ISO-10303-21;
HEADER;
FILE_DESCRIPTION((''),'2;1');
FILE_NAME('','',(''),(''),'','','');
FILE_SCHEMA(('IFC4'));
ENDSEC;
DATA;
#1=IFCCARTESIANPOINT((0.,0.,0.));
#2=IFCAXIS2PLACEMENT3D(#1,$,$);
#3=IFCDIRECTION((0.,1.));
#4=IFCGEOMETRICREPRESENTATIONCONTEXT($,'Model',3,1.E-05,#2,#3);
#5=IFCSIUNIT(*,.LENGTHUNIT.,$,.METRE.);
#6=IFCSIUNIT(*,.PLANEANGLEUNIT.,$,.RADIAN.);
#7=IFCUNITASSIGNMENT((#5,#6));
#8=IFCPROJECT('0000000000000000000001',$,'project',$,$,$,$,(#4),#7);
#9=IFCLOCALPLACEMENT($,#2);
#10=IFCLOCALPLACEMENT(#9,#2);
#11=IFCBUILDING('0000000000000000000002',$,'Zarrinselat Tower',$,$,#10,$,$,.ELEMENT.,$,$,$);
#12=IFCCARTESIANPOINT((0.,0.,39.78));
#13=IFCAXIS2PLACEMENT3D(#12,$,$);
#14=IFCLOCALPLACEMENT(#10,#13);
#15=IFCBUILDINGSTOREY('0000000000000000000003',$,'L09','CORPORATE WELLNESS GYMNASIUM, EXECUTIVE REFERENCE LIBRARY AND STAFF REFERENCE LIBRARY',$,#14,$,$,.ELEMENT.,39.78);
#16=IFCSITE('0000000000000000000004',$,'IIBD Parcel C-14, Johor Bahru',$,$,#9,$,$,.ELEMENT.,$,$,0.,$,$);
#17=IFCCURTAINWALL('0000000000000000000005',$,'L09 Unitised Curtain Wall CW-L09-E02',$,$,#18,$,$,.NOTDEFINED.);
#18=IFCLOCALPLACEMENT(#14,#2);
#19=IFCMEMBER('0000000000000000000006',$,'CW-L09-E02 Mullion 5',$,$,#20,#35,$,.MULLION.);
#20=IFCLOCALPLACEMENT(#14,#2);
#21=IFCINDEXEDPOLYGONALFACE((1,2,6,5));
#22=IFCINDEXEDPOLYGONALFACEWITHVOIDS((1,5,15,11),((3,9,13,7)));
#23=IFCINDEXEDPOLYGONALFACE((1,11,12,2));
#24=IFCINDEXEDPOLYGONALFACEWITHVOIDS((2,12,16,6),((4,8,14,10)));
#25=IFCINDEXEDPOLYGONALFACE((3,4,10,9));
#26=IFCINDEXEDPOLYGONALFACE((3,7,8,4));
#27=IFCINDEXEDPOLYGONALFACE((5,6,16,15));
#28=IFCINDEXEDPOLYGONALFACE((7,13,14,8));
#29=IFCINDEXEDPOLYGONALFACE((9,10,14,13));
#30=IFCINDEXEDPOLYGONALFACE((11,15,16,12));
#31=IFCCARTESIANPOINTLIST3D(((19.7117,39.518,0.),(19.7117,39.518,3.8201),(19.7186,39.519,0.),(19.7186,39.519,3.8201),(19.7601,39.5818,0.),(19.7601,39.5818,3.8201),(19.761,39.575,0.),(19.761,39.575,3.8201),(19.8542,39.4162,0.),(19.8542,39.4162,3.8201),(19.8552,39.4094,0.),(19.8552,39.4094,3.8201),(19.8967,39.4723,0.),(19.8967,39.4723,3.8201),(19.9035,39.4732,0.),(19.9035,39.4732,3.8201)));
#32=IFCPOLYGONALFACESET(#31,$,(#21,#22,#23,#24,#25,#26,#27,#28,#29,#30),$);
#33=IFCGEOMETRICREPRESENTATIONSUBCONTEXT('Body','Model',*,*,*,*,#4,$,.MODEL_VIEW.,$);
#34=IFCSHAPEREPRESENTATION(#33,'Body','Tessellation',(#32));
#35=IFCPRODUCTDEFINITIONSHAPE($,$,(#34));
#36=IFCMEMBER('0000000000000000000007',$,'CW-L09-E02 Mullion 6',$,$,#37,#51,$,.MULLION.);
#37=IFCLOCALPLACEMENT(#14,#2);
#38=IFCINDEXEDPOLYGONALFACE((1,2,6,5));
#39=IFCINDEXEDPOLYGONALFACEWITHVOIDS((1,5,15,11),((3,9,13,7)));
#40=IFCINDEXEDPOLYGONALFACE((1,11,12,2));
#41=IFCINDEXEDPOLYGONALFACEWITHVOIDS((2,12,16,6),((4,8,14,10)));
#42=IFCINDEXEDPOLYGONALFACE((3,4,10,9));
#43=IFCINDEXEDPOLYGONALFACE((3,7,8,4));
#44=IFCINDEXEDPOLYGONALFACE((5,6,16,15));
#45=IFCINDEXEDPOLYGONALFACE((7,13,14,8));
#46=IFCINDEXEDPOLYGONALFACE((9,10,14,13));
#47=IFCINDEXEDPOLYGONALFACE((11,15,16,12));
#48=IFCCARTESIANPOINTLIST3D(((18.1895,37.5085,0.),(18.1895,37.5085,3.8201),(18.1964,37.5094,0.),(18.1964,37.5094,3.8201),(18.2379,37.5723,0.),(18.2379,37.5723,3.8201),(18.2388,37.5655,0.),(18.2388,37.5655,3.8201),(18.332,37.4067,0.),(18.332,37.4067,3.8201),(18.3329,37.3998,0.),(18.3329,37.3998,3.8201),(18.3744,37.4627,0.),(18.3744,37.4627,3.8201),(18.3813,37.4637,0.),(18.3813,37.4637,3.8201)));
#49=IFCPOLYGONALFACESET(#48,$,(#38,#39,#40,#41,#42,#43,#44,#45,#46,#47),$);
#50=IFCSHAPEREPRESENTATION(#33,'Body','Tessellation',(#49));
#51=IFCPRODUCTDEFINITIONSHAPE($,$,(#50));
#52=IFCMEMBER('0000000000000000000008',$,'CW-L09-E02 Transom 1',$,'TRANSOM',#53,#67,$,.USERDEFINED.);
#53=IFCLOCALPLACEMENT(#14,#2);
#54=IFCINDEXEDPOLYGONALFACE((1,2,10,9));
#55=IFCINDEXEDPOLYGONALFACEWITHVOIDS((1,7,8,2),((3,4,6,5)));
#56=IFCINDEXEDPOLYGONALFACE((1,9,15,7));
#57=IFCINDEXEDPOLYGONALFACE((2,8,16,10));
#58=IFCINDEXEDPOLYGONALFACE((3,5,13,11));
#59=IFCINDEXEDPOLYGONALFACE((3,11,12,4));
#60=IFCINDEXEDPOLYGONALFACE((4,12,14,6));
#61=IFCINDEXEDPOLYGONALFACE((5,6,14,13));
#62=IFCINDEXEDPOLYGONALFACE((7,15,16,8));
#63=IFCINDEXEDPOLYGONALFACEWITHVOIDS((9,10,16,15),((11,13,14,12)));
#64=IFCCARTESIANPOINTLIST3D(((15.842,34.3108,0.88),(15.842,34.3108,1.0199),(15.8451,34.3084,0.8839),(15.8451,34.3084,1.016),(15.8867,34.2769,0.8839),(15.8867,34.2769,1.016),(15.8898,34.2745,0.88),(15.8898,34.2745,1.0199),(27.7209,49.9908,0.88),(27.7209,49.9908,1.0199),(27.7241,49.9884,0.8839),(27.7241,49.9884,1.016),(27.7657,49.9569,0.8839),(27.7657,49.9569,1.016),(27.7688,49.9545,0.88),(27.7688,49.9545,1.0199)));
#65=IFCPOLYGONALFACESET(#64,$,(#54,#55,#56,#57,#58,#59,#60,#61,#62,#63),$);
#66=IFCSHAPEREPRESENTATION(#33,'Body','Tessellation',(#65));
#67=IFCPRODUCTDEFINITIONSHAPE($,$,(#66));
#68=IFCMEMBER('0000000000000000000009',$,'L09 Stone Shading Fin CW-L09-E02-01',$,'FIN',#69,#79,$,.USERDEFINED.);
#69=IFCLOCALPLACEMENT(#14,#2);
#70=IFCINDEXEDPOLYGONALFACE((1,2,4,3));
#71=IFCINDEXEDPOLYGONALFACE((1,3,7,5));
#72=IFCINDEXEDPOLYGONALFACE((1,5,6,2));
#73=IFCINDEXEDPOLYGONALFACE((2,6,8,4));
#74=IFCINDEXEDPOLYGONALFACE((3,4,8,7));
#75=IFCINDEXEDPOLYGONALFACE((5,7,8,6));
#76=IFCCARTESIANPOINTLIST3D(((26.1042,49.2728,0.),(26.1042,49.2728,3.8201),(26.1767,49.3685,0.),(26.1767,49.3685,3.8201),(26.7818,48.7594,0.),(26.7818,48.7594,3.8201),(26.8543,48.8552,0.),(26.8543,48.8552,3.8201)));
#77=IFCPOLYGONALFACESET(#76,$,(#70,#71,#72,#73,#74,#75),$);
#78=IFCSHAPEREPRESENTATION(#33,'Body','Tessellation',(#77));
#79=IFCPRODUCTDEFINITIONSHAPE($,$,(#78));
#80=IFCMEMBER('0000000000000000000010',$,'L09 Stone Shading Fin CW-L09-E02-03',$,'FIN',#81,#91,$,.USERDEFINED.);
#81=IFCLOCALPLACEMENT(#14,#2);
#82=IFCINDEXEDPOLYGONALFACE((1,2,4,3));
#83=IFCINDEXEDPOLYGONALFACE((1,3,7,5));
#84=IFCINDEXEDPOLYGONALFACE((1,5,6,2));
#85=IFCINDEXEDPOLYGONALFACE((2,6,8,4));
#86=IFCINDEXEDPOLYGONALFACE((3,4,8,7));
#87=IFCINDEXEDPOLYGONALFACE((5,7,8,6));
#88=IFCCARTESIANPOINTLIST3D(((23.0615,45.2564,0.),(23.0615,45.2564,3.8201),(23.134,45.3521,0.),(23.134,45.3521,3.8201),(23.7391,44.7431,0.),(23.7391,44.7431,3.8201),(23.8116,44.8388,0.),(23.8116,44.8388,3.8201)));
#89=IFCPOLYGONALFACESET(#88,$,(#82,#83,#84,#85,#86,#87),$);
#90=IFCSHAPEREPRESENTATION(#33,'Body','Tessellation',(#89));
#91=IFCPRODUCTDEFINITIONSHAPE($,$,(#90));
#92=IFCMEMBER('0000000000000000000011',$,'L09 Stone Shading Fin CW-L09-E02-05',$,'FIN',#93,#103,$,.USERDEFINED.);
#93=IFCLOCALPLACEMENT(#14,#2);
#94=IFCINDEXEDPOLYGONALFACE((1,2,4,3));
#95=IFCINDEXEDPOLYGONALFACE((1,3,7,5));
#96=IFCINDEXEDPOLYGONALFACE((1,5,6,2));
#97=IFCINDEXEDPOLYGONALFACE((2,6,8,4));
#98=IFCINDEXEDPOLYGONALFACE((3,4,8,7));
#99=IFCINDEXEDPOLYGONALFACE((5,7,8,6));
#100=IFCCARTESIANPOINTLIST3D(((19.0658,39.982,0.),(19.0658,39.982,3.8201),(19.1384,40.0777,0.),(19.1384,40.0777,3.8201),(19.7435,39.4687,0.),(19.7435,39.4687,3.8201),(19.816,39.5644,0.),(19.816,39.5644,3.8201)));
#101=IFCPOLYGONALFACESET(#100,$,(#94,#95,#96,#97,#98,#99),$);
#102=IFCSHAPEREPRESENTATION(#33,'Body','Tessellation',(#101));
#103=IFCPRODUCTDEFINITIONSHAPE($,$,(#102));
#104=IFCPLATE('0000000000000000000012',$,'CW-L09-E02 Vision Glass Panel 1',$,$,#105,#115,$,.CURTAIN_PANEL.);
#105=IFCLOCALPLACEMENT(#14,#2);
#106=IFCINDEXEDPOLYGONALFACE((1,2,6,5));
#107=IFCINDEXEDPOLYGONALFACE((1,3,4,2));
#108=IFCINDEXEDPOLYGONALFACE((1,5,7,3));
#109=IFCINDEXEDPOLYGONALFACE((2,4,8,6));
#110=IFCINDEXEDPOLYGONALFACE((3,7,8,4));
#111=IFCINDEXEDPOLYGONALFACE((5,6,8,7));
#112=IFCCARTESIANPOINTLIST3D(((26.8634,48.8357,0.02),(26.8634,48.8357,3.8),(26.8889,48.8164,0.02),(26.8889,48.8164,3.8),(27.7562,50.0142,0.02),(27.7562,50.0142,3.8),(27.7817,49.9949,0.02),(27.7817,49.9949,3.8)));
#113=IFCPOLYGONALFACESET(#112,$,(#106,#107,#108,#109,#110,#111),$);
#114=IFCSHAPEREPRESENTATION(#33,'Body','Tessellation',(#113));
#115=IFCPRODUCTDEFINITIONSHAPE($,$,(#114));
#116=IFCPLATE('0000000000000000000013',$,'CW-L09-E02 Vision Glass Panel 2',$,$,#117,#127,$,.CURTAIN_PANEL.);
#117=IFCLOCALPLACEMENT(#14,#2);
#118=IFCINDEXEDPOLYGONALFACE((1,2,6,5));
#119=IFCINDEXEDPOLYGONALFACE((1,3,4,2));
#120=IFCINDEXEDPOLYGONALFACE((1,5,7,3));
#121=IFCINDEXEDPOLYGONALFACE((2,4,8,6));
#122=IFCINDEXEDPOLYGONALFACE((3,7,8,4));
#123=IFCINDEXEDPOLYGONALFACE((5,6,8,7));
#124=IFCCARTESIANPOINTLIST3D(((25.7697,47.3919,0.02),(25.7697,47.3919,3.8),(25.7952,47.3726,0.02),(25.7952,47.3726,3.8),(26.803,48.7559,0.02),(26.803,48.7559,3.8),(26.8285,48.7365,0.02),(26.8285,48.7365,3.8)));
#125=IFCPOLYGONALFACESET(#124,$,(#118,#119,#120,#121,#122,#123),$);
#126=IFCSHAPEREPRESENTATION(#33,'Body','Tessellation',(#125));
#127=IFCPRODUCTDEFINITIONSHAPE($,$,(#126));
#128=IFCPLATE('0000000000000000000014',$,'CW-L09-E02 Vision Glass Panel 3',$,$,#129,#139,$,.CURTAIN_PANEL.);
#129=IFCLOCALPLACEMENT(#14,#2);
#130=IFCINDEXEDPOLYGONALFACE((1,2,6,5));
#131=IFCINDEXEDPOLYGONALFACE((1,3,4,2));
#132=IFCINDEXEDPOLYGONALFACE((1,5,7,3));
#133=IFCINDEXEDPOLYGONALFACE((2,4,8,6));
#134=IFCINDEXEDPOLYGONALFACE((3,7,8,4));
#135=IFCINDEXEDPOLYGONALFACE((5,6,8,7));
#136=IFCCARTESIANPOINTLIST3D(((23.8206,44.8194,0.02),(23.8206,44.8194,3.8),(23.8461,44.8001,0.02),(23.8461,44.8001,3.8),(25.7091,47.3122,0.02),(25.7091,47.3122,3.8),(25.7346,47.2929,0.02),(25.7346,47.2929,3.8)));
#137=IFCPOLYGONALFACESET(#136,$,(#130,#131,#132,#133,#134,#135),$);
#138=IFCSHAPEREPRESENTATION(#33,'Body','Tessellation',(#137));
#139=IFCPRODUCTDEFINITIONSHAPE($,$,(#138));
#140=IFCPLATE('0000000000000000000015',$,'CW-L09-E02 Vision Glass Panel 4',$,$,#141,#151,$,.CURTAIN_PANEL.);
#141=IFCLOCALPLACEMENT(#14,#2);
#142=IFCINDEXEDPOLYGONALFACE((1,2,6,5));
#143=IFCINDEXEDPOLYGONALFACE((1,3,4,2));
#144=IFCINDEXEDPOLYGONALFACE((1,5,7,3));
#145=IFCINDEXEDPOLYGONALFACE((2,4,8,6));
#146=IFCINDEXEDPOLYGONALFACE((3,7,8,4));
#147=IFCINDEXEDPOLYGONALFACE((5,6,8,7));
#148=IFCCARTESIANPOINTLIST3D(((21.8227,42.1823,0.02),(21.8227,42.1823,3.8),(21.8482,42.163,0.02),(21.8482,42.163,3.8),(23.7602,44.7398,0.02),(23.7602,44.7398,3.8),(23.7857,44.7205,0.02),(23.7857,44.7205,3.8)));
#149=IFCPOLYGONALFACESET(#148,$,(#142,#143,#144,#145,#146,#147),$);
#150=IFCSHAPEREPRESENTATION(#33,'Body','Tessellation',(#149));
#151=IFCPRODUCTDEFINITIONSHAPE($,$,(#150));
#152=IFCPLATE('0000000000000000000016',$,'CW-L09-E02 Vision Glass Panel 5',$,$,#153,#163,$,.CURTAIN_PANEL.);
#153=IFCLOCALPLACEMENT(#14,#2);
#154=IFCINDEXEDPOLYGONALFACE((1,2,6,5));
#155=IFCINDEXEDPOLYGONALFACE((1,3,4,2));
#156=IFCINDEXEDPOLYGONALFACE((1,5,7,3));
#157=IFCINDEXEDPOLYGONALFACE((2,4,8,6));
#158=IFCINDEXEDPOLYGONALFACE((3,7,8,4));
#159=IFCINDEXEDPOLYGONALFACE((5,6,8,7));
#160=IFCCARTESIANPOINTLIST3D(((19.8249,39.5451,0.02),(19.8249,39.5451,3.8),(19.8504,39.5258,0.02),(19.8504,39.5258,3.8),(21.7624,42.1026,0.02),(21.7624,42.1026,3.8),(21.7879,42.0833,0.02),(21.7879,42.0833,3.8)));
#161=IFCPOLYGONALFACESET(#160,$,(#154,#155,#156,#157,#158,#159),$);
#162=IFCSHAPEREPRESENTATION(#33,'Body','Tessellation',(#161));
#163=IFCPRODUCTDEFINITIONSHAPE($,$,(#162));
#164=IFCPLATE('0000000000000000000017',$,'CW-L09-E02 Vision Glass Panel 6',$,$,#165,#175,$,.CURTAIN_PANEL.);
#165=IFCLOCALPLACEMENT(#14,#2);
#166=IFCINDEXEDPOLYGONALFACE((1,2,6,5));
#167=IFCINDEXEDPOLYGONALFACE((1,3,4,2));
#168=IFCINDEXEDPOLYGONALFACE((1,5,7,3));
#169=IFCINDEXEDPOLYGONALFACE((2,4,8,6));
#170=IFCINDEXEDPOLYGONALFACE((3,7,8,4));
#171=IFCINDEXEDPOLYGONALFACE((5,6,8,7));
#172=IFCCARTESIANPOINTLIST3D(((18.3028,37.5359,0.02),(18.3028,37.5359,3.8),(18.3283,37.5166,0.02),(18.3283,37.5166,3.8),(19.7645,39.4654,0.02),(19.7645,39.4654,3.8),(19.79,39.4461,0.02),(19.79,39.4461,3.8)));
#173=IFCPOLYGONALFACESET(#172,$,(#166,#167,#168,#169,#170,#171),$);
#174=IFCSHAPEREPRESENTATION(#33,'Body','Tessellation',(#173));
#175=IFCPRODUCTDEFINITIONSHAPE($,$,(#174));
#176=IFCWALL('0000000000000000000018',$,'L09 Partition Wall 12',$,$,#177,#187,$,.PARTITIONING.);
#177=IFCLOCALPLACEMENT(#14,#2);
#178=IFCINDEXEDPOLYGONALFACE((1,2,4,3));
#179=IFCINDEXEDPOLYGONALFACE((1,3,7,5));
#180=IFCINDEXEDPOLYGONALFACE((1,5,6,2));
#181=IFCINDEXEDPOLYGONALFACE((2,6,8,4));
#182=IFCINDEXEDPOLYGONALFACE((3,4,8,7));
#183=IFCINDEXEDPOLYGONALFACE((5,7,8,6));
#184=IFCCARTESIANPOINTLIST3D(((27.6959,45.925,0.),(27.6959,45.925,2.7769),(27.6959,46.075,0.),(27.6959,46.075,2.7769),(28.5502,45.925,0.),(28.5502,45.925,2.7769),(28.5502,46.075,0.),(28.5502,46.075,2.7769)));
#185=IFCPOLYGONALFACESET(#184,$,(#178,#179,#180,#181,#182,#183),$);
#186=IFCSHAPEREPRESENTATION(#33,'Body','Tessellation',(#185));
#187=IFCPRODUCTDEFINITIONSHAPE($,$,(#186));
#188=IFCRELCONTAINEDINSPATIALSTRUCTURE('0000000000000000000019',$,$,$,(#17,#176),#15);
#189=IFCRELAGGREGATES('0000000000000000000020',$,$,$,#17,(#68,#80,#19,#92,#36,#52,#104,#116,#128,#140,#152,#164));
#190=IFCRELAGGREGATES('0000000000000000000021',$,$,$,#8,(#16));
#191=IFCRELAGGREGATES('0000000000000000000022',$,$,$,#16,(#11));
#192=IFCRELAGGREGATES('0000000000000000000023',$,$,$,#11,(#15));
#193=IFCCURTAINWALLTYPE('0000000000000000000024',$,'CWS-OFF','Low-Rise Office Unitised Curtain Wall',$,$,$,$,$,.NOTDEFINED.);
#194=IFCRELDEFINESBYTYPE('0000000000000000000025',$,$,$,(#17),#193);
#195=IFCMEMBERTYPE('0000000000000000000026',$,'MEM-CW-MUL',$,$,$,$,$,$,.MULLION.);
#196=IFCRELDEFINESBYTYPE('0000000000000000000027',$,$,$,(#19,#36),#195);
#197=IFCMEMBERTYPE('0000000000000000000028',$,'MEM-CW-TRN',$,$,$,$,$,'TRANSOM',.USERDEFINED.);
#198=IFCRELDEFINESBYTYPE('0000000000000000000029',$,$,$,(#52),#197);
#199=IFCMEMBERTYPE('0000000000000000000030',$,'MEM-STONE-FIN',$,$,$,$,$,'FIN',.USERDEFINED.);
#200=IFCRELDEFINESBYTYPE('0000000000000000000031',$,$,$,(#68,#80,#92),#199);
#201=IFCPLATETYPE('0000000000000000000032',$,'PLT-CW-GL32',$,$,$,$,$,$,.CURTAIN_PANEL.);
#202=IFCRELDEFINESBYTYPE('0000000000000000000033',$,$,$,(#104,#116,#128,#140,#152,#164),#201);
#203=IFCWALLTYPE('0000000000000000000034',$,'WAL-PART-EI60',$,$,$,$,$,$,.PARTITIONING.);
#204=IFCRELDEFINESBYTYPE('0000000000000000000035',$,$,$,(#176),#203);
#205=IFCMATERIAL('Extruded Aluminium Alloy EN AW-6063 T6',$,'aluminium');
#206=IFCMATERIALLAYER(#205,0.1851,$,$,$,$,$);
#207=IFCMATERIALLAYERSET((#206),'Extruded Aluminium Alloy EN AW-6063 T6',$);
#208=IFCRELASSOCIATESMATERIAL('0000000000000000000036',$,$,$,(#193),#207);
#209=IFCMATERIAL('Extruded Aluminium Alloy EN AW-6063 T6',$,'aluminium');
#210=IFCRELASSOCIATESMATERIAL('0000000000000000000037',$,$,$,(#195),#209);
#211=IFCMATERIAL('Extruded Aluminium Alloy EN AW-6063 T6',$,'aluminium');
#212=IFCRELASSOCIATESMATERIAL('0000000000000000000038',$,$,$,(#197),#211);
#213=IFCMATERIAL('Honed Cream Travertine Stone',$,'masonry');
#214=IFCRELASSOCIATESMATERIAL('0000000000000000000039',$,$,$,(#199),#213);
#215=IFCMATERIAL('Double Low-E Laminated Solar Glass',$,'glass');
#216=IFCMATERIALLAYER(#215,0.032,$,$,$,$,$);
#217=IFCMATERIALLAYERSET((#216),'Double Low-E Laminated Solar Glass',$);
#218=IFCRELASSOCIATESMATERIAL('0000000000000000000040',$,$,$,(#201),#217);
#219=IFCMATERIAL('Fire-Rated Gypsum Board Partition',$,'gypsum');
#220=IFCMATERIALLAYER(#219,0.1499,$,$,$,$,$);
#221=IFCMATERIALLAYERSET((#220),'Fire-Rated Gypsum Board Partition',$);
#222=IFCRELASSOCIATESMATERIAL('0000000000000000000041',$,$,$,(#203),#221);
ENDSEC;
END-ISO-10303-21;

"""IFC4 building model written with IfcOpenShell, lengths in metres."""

from ifc_helpers import new_model, si_unit, direction, frame, frame_2d, origin, origin_2d, place, context, subcontext, project, spatial, rectangle, hollow_rectangle, extrude, material, layer, layer_set, material_profile, profile_set, type_object, element, aggregate, save


model = new_model("IFC4")

# Units and contexts
model_context = context("Model", 3, precision=1e-05, world=origin(), true_north=direction((0.0, 1.0)))
body_context = subcontext(model_context, "Body", "Model", "MODEL_VIEW")
ifc_project = project(units=[si_unit("LENGTHUNIT", "METRE"), si_unit("PLANEANGLEUNIT", "RADIAN")], contexts=[model_context])

# Site, building, storey
site_placement = place(None, origin())
site = spatial("IfcSite", under=ifc_project, at=site_placement, Name="IIBD Parcel C-14, Johor Bahru", CompositionType="ELEMENT", RefElevation=0.0)
building_placement = place(site_placement, origin())
building = spatial("IfcBuilding", under=site, at=building_placement, Name="Zarrinselat Tower", CompositionType="ELEMENT")
storey_placement = place(building_placement, frame((0.0, 0.0, 39.78)))
storey = spatial("IfcBuildingStorey", under=building, at=storey_placement, Name="L09", Description="CORPORATE WELLNESS GYMNASIUM, EXECUTIVE REFERENCE LIBRARY AND STAFF REFERENCE LIBRARY", CompositionType="ELEMENT", Elevation=39.78)

# Shared definitions
ifc_material_1 = material(Name="Extruded Aluminium Alloy EN AW-6063 T6", Category="aluminium")
ifc_layer_1 = layer(ifc_material_1, 0.1851)
ifc_layer_set_1 = layer_set([ifc_layer_1], Name="Extruded Aluminium Alloy EN AW-6063 T6")
curtain_wall_type = type_object("IfcCurtainWallType", Name="CWS-OFF", Description="Low-Rise Office Unitised Curtain Wall", PredefinedType="NOTDEFINED", material=ifc_layer_set_1)
ifc_material_2 = material(Name="Extruded Aluminium Alloy EN AW-6063 T6", Category="aluminium")
ifc_material_profile_1 = material_profile(ifc_material_2, hollow_rectangle(XDim=0.0801, YDim=0.1799, WallThickness=0.0049, at=origin_2d()), Name="RHS 180x80x5")
ifc_profile_set_1 = profile_set([ifc_material_profile_1], Name="Extruded Aluminium Alloy EN AW-6063 T6")
member_type_1 = type_object("IfcMemberType", Name="MEM-CW-MUL", PredefinedType="MULLION", material=ifc_profile_set_1)

# Curtain wall, members, plates
curtain_wall_1_placement = place(storey_placement, origin())
curtain_wall_1 = element("IfcCurtainWall", 1, at=curtain_wall_1_placement, inside=storey, type_object=curtain_wall_type, Name="L09 Unitised Curtain Wall CW-L09-E02", PredefinedType="NOTDEFINED")
member_1_placement = place(storey_placement, frame((19.8076, 39.4956, 0.0), z_axis=(0.0, 0.0, 1.0), x_axis=(-0.603857, -0.797093, 0.0)))
member_1 = element("IfcMember", 2, at=member_1_placement, type_object=member_type_1, Name="CW-L09-E02 Mullion 5", PredefinedType="MULLION", context=body_context, shape_type="SweptSolid", body=[
    extrude(hollow_rectangle(XDim=0.0801, YDim=0.1799, WallThickness=0.0049, at=origin_2d()), origin(), (0.0, 0.0, 1.0), 3.8201),
])
member_2_placement = place(storey_placement, frame((18.2854, 37.4861, 0.0), z_axis=(0.0, 0.0, 1.0), x_axis=(-0.603857, -0.797093, 0.0)))
member_2 = element("IfcMember", 3, at=member_2_placement, type_object=member_type_1, Name="CW-L09-E02 Mullion 6", PredefinedType="MULLION", context=body_context, shape_type="SweptSolid", body=[
    extrude(hollow_rectangle(XDim=0.0801, YDim=0.1799, WallThickness=0.0049, at=origin_2d()), origin(), (0.0, 0.0, 1.0), 3.8201),
])
ifc_material_3 = material(Name="Extruded Aluminium Alloy EN AW-6063 T6", Category="aluminium")
ifc_material_profile_2 = material_profile(ifc_material_3, hollow_rectangle(XDim=0.0601, YDim=0.1399, WallThickness=0.0039, at=origin_2d()), Name="RHS 140x60x4")
ifc_profile_set_2 = profile_set([ifc_material_profile_2], Name="Extruded Aluminium Alloy EN AW-6063 T6")
member_type_2 = type_object("IfcMemberType", Name="MEM-CW-TRN", ElementType="TRANSOM", PredefinedType="USERDEFINED", material=ifc_profile_set_2)
member_3_placement = place(storey_placement, frame((27.7449, 49.9727, 0.95), z_axis=(-0.603863, -0.797088, 0.0), x_axis=(0.797088, -0.603863, 0.0)))
member_3 = element("IfcMember", 4, at=member_3_placement, type_object=member_type_2, Name="CW-L09-E02 Transom 1", ObjectType="TRANSOM", PredefinedType="USERDEFINED", context=body_context, shape_type="SweptSolid", body=[
    extrude(hollow_rectangle(XDim=0.0601, YDim=0.1399, WallThickness=0.0039, at=origin_2d()), origin(), (0.0, 0.0, 1.0), 19.6716),
])
ifc_material_4 = material(Name="Honed Cream Travertine Stone", Category="masonry")
ifc_material_profile_3 = material_profile(ifc_material_4, rectangle(XDim=0.1201, YDim=0.8501, at=origin_2d()), Name="FIN 850x120")
ifc_profile_set_3 = profile_set([ifc_material_profile_3], Name="Honed Cream Travertine Stone")
member_type_3 = type_object("IfcMemberType", Name="MEM-STONE-FIN", ElementType="FIN", PredefinedType="USERDEFINED", material=ifc_profile_set_3)
member_4_placement = place(storey_placement, frame((26.4792, 49.064, 0.0), z_axis=(0.0, 0.0, 1.0), x_axis=(0.603857, 0.797093, 0.0)))
member_4 = element("IfcMember", 5, at=member_4_placement, type_object=member_type_3, Name="L09 Stone Shading Fin CW-L09-E02-01", ObjectType="FIN", PredefinedType="USERDEFINED", context=body_context, shape_type="SweptSolid", body=[
    extrude(rectangle(XDim=0.1201, YDim=0.8501, at=origin_2d()), origin(), (0.0, 0.0, 1.0), 3.8201),
])
member_5_placement = place(storey_placement, frame((23.4365, 45.0476, 0.0), z_axis=(0.0, 0.0, 1.0), x_axis=(0.603857, 0.797093, 0.0)))
member_5 = element("IfcMember", 6, at=member_5_placement, type_object=member_type_3, Name="L09 Stone Shading Fin CW-L09-E02-03", ObjectType="FIN", PredefinedType="USERDEFINED", context=body_context, shape_type="SweptSolid", body=[
    extrude(rectangle(XDim=0.1201, YDim=0.8501, at=origin_2d()), origin(), (0.0, 0.0, 1.0), 3.8201),
])
member_6_placement = place(storey_placement, frame((19.4409, 39.7732, 0.0), z_axis=(0.0, 0.0, 1.0), x_axis=(0.603857, 0.797093, 0.0)))
member_6 = element("IfcMember", 7, at=member_6_placement, type_object=member_type_3, Name="L09 Stone Shading Fin CW-L09-E02-05", ObjectType="FIN", PredefinedType="USERDEFINED", context=body_context, shape_type="SweptSolid", body=[
    extrude(rectangle(XDim=0.1201, YDim=0.8501, at=origin_2d()), origin(), (0.0, 0.0, 1.0), 3.8201),
])
ifc_material_5 = material(Name="Double Low-E Laminated Solar Glass", Category="glass")
ifc_layer_2 = layer(ifc_material_5, 0.032)
ifc_layer_set_2 = layer_set([ifc_layer_2], Name="Double Low-E Laminated Solar Glass")
plate_type = type_object("IfcPlateType", Name="PLT-CW-GL32", PredefinedType="CURTAIN_PANEL", material=ifc_layer_set_2)
plate_1_placement = place(storey_placement, frame((27.3225, 49.4153, 0.02), z_axis=(0.0, 0.0, 1.0), x_axis=(-0.603857, -0.797093, 0.0)))
plate_1 = element("IfcPlate", 8, at=plate_1_placement, type_object=plate_type, Name="CW-L09-E02 Vision Glass Panel 1", PredefinedType="CURTAIN_PANEL", context=body_context, shape_type="SweptSolid", body=[
    extrude(rectangle(XDim=1.4785, YDim=0.032, at=origin_2d()), origin(), (0.0, 0.0, 1.0), 3.78),
])
plate_2_placement = place(storey_placement, frame((26.2991, 48.0642, 0.02), z_axis=(0.0, 0.0, 1.0), x_axis=(-0.603857, -0.797093, 0.0)))
plate_2 = element("IfcPlate", 9, at=plate_2_placement, type_object=plate_type, Name="CW-L09-E02 Vision Glass Panel 2", PredefinedType="CURTAIN_PANEL", context=body_context, shape_type="SweptSolid", body=[
    extrude(rectangle(XDim=1.7112, YDim=0.032, at=origin_2d()), origin(), (0.0, 0.0, 1.0), 3.78),
])
plate_3_placement = place(storey_placement, frame((24.7776, 46.0562, 0.02), z_axis=(0.0, 0.0, 1.0), x_axis=(-0.603857, -0.797093, 0.0)))
plate_3 = element("IfcPlate", 10, at=plate_3_placement, type_object=plate_type, Name="CW-L09-E02 Vision Glass Panel 3", PredefinedType="CURTAIN_PANEL", context=body_context, shape_type="SweptSolid", body=[
    extrude(rectangle(XDim=3.1274, YDim=0.032, at=origin_2d()), origin(), (0.0, 0.0, 1.0), 3.78),
])
plate_4_placement = place(storey_placement, frame((22.8042, 43.4514, 0.02), z_axis=(0.0, 0.0, 1.0), x_axis=(-0.603857, -0.797093, 0.0)))
plate_4 = element("IfcPlate", 11, at=plate_4_placement, type_object=plate_type, Name="CW-L09-E02 Vision Glass Panel 4", PredefinedType="CURTAIN_PANEL", context=body_context, shape_type="SweptSolid", body=[
    extrude(rectangle(XDim=3.2085, YDim=0.032, at=origin_2d()), origin(), (0.0, 0.0, 1.0), 3.78),
])
plate_5_placement = place(storey_placement, frame((20.8064, 40.8142, 0.02), z_axis=(0.0, 0.0, 1.0), x_axis=(-0.603857, -0.797093, 0.0)))
plate_5 = element("IfcPlate", 12, at=plate_5_placement, type_object=plate_type, Name="CW-L09-E02 Vision Glass Panel 5", PredefinedType="CURTAIN_PANEL", context=body_context, shape_type="SweptSolid", body=[
    extrude(rectangle(XDim=3.2085, YDim=0.032, at=origin_2d()), origin(), (0.0, 0.0, 1.0), 3.78),
])
plate_6_placement = place(storey_placement, frame((19.0464, 38.491, 0.02), z_axis=(0.0, 0.0, 1.0), x_axis=(-0.603857, -0.797093, 0.0)))
plate_6 = element("IfcPlate", 13, at=plate_6_placement, type_object=plate_type, Name="CW-L09-E02 Vision Glass Panel 6", PredefinedType="CURTAIN_PANEL", context=body_context, shape_type="SweptSolid", body=[
    extrude(rectangle(XDim=2.4207, YDim=0.032, at=origin_2d()), origin(), (0.0, 0.0, 1.0), 3.78),
])
aggregate(curtain_wall_1, [member_4, member_5, member_1, member_6, member_2, member_3, plate_1, plate_2, plate_3, plate_4, plate_5, plate_6])

# Wall
ifc_material_6 = material(Name="Fire-Rated Gypsum Board Partition", Category="gypsum")
ifc_layer_3 = layer(ifc_material_6, 0.1499)
ifc_layer_set_3 = layer_set([ifc_layer_3], Name="Fire-Rated Gypsum Board Partition")
wall_type_1 = type_object("IfcWallType", Name="WAL-PART-EI60", PredefinedType="PARTITIONING", material=ifc_layer_set_3)
wall_1_placement = place(storey_placement, frame((27.6958, 46.0, 0.0), z_axis=(0.0, 0.0, 1.0), x_axis=(1.0, 0.0, 0.0)))
element("IfcWall", 14, at=wall_1_placement, inside=storey, type_object=wall_type_1, Name="L09 Partition Wall 12", PredefinedType="PARTITIONING", context=body_context, shape_type="SweptSolid", body=[
    extrude(rectangle(XDim=0.8542, YDim=0.1499, at=frame_2d((0.4272, 0.0))), origin(), (0.0, 0.0, 1.0), 2.7769),
])

save(model, "model.ifc")
